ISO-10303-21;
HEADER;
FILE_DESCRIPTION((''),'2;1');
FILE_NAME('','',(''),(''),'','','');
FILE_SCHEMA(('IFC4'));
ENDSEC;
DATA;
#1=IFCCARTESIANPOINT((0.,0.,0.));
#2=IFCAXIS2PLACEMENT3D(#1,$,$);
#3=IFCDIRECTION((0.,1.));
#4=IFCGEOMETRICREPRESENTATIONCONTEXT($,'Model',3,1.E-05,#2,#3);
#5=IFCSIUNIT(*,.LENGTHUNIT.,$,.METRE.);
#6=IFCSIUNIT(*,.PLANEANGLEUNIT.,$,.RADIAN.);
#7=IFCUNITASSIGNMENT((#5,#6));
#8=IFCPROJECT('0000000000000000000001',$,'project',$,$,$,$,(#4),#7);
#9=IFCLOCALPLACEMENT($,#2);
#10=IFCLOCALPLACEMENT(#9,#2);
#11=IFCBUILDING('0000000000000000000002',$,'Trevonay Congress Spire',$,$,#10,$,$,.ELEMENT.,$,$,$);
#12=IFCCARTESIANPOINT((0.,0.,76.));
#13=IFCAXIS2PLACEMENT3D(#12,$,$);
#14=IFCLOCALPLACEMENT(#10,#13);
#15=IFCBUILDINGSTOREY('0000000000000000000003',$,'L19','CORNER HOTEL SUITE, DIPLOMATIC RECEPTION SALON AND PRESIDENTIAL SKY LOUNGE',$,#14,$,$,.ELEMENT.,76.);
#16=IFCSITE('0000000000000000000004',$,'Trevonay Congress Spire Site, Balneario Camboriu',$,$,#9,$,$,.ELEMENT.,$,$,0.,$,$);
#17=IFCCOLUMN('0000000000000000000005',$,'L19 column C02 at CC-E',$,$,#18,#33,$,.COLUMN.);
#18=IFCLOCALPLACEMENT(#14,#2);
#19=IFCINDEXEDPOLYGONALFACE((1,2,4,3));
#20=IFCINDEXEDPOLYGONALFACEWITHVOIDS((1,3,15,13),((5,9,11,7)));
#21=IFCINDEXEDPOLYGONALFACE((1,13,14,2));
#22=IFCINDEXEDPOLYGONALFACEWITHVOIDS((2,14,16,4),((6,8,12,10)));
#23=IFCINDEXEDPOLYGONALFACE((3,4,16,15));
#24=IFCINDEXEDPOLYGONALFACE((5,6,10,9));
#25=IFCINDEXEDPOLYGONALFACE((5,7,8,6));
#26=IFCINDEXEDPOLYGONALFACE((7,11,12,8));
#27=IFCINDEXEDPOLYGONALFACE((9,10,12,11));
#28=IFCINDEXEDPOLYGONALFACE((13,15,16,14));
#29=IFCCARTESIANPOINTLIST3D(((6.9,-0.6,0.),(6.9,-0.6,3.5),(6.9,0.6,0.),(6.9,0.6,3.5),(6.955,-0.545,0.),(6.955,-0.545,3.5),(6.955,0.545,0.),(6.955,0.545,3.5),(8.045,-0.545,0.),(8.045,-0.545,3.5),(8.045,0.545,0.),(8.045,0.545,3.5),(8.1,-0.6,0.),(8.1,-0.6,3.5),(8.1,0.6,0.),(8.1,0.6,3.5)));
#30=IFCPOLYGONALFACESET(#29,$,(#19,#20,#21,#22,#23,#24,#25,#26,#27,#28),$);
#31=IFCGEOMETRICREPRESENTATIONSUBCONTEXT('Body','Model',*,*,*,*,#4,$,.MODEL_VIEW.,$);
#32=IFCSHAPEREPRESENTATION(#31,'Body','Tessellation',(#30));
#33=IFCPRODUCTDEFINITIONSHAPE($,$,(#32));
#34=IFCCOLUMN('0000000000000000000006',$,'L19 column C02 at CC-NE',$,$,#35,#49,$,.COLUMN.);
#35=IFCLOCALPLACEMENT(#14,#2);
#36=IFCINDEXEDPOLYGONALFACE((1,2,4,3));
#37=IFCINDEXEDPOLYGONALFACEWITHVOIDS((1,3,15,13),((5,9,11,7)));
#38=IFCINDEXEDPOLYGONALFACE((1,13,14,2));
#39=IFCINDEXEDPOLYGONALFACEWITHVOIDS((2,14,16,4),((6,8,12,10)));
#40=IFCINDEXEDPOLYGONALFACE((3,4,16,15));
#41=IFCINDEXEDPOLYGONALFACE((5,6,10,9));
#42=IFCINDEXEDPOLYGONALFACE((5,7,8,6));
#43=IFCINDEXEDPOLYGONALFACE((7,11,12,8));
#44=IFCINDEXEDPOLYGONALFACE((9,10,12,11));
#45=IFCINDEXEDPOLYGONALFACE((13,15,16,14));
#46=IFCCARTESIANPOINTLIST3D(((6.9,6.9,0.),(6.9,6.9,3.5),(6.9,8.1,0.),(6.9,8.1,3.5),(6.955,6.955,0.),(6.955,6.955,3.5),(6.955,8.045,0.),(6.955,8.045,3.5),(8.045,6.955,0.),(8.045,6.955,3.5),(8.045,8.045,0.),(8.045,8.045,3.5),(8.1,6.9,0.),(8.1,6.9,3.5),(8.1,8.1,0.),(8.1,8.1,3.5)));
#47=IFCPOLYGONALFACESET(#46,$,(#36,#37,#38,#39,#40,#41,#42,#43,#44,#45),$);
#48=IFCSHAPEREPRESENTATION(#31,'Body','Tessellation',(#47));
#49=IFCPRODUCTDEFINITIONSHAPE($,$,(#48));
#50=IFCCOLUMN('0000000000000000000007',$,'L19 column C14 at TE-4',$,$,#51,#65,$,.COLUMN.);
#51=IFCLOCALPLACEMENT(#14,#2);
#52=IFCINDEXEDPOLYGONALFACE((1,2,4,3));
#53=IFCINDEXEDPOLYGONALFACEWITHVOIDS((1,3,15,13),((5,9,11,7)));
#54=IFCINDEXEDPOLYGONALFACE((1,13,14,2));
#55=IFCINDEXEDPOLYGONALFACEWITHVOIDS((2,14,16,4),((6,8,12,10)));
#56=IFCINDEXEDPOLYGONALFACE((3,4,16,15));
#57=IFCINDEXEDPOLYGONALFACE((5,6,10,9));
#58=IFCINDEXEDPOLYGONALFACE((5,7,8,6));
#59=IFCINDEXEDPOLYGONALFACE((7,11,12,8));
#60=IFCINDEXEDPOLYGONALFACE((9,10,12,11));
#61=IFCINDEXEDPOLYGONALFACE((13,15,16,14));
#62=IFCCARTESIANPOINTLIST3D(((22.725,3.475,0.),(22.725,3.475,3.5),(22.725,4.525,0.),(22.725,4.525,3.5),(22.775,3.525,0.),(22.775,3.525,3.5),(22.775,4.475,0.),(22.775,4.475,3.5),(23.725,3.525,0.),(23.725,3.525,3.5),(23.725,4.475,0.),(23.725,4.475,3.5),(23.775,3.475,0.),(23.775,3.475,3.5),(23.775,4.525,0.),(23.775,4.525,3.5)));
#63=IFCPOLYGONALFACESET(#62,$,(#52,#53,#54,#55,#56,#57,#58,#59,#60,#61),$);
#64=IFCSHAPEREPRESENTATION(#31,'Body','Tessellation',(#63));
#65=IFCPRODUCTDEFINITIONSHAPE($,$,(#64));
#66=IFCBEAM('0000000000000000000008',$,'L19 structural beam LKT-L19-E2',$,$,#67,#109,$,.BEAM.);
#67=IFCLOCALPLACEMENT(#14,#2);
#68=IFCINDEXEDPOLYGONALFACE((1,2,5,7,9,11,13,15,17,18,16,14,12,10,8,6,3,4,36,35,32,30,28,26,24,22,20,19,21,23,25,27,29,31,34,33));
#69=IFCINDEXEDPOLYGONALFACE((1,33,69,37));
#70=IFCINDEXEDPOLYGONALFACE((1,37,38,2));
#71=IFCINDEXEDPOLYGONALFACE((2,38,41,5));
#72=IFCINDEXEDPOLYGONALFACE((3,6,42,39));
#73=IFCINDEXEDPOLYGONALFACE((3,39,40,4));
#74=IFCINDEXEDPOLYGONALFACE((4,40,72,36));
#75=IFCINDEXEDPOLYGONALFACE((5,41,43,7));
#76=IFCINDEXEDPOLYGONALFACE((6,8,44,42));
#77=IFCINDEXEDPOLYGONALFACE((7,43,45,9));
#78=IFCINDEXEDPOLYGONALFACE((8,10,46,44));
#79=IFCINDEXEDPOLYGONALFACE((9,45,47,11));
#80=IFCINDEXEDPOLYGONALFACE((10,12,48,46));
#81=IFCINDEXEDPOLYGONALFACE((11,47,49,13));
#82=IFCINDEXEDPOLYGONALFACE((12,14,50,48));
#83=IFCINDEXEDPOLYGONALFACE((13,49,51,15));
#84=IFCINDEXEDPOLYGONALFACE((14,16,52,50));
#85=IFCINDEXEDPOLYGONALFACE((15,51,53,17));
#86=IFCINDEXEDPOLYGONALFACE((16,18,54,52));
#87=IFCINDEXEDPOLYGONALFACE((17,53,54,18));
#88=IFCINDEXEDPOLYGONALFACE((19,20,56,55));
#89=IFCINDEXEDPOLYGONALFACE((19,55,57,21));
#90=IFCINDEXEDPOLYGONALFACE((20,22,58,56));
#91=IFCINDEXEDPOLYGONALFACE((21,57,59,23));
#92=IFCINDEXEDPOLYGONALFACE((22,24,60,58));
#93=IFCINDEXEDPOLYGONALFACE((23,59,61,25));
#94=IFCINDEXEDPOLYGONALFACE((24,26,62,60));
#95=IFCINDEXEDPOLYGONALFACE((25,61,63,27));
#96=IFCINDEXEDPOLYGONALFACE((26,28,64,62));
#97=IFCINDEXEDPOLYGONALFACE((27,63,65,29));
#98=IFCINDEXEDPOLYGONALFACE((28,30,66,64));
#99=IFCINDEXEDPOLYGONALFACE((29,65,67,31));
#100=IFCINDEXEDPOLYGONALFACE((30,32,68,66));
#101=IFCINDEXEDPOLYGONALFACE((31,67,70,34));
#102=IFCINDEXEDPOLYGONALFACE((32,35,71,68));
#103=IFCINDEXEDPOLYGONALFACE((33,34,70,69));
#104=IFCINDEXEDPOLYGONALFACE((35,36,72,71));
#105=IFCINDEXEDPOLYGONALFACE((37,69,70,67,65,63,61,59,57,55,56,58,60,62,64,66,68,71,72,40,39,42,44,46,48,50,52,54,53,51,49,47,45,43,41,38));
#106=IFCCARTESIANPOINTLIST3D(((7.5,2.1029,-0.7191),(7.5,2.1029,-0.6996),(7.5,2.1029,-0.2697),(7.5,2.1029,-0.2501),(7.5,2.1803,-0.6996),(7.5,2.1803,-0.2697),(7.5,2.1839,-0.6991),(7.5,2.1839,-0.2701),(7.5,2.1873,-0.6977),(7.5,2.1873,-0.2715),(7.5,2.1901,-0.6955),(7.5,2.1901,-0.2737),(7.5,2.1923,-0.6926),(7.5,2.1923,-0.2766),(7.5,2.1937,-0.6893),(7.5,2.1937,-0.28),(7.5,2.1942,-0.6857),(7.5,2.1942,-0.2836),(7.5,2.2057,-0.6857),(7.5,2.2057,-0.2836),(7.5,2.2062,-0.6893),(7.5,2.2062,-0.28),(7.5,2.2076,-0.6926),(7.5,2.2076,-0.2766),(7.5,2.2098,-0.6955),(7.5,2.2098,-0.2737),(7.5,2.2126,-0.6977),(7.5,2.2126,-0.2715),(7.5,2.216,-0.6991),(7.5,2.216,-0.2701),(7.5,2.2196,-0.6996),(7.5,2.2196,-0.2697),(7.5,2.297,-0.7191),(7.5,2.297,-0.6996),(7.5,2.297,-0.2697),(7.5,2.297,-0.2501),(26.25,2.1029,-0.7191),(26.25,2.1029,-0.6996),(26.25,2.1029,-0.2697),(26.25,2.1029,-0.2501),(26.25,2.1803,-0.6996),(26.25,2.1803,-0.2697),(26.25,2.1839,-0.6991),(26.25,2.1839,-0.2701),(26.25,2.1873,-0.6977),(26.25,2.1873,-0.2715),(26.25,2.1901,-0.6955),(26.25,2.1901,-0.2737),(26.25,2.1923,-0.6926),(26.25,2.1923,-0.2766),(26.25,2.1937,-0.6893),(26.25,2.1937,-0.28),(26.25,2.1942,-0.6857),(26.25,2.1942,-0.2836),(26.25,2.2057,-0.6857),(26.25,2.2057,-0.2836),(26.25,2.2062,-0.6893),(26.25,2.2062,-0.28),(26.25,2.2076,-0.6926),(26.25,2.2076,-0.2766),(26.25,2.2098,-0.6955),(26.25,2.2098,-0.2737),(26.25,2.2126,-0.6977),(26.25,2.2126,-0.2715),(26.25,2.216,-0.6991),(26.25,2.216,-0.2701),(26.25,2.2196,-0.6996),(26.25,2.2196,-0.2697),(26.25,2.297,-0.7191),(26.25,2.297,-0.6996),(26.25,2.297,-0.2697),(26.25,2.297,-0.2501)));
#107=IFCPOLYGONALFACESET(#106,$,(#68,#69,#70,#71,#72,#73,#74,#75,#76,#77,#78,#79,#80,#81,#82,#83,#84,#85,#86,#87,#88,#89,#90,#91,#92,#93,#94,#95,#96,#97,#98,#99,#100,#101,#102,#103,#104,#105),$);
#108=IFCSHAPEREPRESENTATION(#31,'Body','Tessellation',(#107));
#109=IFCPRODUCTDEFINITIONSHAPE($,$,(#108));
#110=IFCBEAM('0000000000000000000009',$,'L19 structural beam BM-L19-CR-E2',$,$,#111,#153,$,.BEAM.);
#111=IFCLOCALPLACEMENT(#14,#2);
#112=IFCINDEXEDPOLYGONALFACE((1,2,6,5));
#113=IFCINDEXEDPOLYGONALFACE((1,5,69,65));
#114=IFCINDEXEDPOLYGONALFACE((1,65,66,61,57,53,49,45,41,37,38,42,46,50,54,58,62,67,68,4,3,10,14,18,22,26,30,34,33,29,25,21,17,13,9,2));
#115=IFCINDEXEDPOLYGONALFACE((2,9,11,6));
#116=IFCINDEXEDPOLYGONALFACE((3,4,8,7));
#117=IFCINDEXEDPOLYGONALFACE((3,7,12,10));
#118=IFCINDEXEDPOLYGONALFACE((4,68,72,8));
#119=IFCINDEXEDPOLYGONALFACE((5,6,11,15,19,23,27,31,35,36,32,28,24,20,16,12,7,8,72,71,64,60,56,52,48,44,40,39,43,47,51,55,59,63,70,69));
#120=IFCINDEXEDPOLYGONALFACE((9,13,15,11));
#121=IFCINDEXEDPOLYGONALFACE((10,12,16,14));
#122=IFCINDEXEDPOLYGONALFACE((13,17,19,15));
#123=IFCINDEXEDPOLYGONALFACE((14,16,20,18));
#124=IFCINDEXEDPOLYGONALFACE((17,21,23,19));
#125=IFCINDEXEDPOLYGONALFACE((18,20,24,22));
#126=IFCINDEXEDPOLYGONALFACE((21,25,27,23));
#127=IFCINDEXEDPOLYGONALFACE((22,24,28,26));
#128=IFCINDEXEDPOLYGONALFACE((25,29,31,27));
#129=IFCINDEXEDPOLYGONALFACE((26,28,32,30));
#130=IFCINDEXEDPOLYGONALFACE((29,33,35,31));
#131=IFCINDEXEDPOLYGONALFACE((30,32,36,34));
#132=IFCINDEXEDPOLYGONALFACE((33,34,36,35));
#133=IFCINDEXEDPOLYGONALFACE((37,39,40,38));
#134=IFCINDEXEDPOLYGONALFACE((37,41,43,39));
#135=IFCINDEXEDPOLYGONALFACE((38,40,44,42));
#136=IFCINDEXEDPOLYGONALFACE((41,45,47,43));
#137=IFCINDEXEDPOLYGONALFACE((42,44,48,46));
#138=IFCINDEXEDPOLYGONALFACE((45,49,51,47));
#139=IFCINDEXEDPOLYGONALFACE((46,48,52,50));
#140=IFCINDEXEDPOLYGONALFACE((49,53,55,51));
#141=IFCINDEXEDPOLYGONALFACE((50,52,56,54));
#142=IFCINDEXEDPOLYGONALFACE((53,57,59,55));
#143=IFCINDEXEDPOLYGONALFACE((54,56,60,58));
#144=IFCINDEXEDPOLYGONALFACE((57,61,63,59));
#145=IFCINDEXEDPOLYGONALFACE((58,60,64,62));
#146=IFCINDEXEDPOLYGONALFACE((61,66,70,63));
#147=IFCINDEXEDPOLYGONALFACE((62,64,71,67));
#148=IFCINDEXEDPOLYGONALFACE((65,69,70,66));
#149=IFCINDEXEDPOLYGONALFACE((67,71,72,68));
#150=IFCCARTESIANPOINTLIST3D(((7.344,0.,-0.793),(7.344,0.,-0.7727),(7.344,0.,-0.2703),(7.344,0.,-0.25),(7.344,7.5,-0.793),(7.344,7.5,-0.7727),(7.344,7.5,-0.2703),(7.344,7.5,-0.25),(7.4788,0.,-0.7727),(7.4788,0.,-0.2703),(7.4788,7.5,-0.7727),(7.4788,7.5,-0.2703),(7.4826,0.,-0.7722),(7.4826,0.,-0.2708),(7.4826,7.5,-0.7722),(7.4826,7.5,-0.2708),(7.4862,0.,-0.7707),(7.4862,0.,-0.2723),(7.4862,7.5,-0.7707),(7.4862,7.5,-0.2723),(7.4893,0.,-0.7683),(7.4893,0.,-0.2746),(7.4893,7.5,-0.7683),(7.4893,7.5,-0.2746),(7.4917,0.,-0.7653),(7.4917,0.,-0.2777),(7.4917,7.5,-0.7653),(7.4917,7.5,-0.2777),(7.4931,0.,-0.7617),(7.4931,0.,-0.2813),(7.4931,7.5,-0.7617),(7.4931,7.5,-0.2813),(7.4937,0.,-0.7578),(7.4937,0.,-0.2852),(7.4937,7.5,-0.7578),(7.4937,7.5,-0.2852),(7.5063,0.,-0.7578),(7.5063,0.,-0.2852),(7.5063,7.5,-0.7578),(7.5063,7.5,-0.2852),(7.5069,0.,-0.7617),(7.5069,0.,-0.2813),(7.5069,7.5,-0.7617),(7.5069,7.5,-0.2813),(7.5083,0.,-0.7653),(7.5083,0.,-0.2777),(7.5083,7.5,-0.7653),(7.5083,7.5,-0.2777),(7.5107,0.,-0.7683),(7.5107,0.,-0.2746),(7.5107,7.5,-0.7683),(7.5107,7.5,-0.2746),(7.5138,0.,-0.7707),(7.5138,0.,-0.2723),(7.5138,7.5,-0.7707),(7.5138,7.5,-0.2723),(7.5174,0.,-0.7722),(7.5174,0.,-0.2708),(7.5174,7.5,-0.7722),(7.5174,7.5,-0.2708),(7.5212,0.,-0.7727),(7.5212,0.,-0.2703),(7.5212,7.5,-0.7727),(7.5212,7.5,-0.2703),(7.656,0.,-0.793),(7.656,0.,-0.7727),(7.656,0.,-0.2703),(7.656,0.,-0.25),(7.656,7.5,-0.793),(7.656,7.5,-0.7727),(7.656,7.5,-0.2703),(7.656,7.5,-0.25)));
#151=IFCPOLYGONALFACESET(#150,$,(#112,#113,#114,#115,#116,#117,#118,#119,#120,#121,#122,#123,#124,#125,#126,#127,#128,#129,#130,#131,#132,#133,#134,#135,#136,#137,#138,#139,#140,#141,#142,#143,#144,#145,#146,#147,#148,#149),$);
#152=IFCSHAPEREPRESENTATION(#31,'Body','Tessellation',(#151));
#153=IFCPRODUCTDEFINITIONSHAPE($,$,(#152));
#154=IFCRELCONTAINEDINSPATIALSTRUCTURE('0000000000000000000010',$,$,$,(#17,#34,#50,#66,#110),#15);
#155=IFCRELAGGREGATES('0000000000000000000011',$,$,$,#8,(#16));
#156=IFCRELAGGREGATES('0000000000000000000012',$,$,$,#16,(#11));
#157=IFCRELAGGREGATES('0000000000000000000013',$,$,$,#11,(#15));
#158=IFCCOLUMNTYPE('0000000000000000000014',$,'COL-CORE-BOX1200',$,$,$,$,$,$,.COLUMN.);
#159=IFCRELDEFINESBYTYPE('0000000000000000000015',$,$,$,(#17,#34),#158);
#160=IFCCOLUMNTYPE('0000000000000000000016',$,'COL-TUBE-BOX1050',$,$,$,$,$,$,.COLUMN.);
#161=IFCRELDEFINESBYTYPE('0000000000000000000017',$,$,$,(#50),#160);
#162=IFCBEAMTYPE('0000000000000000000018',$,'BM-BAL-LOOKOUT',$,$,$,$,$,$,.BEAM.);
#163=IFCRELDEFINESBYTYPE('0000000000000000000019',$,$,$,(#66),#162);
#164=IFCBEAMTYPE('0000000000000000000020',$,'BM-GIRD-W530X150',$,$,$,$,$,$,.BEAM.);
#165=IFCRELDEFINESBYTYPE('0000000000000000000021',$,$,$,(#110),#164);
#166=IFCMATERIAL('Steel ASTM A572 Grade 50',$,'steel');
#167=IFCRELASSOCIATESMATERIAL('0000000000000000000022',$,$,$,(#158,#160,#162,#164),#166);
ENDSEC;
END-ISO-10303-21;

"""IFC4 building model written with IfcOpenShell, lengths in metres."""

from ifc_helpers import new_model, si_unit, direction, frame, origin, origin_2d, place, context, subcontext, project, spatial, hollow_rectangle, i_section, extrude, material, material_profile, profile_set, type_object, element, save


model = new_model("IFC4")

# Units and contexts
model_context = context("Model", 3, precision=1e-05, world=origin(), true_north=direction((0.0, 1.0)))
body_context = subcontext(model_context, "Body", "Model", "MODEL_VIEW")
ifc_project = project(units=[si_unit("LENGTHUNIT", "METRE"), si_unit("PLANEANGLEUNIT", "RADIAN")], contexts=[model_context])

# Site, building, storey
site_placement = place(None, origin())
site = spatial("IfcSite", under=ifc_project, at=site_placement, Name="Trevonay Congress Spire Site, Balneario Camboriu", CompositionType="ELEMENT", RefElevation=0.0)
building_placement = place(site_placement, origin())
building = spatial("IfcBuilding", under=site, at=building_placement, Name="Trevonay Congress Spire", CompositionType="ELEMENT")
storey_placement = place(building_placement, frame((0.0, 0.0, 76.0)))
storey = spatial("IfcBuildingStorey", under=building, at=storey_placement, Name="L19", Description="CORNER HOTEL SUITE, DIPLOMATIC RECEPTION SALON AND PRESIDENTIAL SKY LOUNGE", CompositionType="ELEMENT", Elevation=76.0)

# Columns
ifc_material_1 = material(Name="Steel ASTM A572 Grade 50", Category="steel")
ifc_material_profile_1 = material_profile(ifc_material_1, hollow_rectangle(XDim=1.2, YDim=1.2, WallThickness=0.0549, at=origin_2d()), Name="BOX 1200x1200x55")
ifc_profile_set_1 = profile_set([ifc_material_profile_1], Name="Steel ASTM A572 Grade 50")
column_type_1 = type_object("IfcColumnType", Name="COL-CORE-BOX1200", PredefinedType="COLUMN", material=ifc_profile_set_1)
for number, where, z_axis, x_axis, name in (
    (1, (7.5, 0.0, 0.0), (0.0, 0.0, 1.0), (1.0, 0.0, 0.0), "L19 column C02 at CC-E"),
    (2, (7.5, 7.5, 0.0), (0.0, 0.0, 1.0), (1.0, 0.0, 0.0), "L19 column C02 at CC-NE"),
):
    element("IfcColumn", number, at=place(storey_placement, frame(where, z_axis=z_axis, x_axis=x_axis)), inside=storey, type_object=column_type_1, Name=name, PredefinedType="COLUMN", context=body_context, shape_type="SweptSolid", body=[
        extrude(hollow_rectangle(XDim=1.2, YDim=1.2, WallThickness=0.0549, at=origin_2d()), origin(), (0.0, 0.0, 1.0), 3.5),
    ])
ifc_material_profile_2 = material_profile(ifc_material_1, hollow_rectangle(XDim=1.05, YDim=1.05, WallThickness=0.05, at=origin_2d()), Name="BOX 1050x1050x50")
ifc_profile_set_2 = profile_set([ifc_material_profile_2], Name="Steel ASTM A572 Grade 50")
column_type_2 = type_object("IfcColumnType", Name="COL-TUBE-BOX1050", PredefinedType="COLUMN", material=ifc_profile_set_2)
column_placement = place(storey_placement, frame((23.25, 4.0, 0.0), z_axis=(0.0, 0.0, 1.0), x_axis=(1.0, 0.0, 0.0)))
element("IfcColumn", 3, at=column_placement, inside=storey, type_object=column_type_2, Name="L19 column C14 at TE-4", PredefinedType="COLUMN", context=body_context, shape_type="SweptSolid", body=[
    extrude(hollow_rectangle(XDim=1.05, YDim=1.05, WallThickness=0.05, at=origin_2d()), origin(), (0.0, 0.0, 1.0), 3.5),
])

# Beams
ifc_material_profile_3 = material_profile(ifc_material_1, i_section(OverallWidth=0.1941, OverallDepth=0.469, WebThickness=0.0115, FlangeThickness=0.0195, FilletRadius=0.0139, at=origin_2d()), Name="W460x106")
ifc_profile_set_3 = profile_set([ifc_material_profile_3], Name="Steel ASTM A572 Grade 50")
beam_type_1 = type_object("IfcBeamType", Name="BM-BAL-LOOKOUT", PredefinedType="BEAM", material=ifc_profile_set_3)
beam_1_placement = place(storey_placement, frame((7.5, 2.2, -0.4846), z_axis=(1.0, 0.0, 0.0), x_axis=(0.0, 1.0, 0.0)))
element("IfcBeam", 4, at=beam_1_placement, inside=storey, type_object=beam_type_1, Name="L19 structural beam LKT-L19-E2", PredefinedType="BEAM", context=body_context, shape_type="SweptSolid", body=[
    extrude(i_section(OverallWidth=0.1941, OverallDepth=0.469, WebThickness=0.0115, FlangeThickness=0.0195, FilletRadius=0.0139, at=origin_2d()), origin(), (0.0, 0.0, 1.0), 18.75),
])
ifc_material_profile_4 = material_profile(ifc_material_1, i_section(OverallWidth=0.312, OverallDepth=0.543, WebThickness=0.0127, FlangeThickness=0.0203, FilletRadius=0.0149, at=origin_2d()), Name="W530x150")
ifc_profile_set_4 = profile_set([ifc_material_profile_4], Name="Steel ASTM A572 Grade 50")
beam_type_2 = type_object("IfcBeamType", Name="BM-GIRD-W530X150", PredefinedType="BEAM", material=ifc_profile_set_4)
beam_2_placement = place(storey_placement, frame((7.5, 0.0, -0.5215), z_axis=(0.0, 1.0, 0.0), x_axis=(-1.0, 0.0, 0.0)))
element("IfcBeam", 5, at=beam_2_placement, inside=storey, type_object=beam_type_2, Name="L19 structural beam BM-L19-CR-E2", PredefinedType="BEAM", context=body_context, shape_type="SweptSolid", body=[
    extrude(i_section(OverallWidth=0.312, OverallDepth=0.543, WebThickness=0.0127, FlangeThickness=0.0203, FilletRadius=0.0149, at=origin_2d()), origin(), (0.0, 0.0, 1.0), 7.5),
])

save(model, "model.ifc")
